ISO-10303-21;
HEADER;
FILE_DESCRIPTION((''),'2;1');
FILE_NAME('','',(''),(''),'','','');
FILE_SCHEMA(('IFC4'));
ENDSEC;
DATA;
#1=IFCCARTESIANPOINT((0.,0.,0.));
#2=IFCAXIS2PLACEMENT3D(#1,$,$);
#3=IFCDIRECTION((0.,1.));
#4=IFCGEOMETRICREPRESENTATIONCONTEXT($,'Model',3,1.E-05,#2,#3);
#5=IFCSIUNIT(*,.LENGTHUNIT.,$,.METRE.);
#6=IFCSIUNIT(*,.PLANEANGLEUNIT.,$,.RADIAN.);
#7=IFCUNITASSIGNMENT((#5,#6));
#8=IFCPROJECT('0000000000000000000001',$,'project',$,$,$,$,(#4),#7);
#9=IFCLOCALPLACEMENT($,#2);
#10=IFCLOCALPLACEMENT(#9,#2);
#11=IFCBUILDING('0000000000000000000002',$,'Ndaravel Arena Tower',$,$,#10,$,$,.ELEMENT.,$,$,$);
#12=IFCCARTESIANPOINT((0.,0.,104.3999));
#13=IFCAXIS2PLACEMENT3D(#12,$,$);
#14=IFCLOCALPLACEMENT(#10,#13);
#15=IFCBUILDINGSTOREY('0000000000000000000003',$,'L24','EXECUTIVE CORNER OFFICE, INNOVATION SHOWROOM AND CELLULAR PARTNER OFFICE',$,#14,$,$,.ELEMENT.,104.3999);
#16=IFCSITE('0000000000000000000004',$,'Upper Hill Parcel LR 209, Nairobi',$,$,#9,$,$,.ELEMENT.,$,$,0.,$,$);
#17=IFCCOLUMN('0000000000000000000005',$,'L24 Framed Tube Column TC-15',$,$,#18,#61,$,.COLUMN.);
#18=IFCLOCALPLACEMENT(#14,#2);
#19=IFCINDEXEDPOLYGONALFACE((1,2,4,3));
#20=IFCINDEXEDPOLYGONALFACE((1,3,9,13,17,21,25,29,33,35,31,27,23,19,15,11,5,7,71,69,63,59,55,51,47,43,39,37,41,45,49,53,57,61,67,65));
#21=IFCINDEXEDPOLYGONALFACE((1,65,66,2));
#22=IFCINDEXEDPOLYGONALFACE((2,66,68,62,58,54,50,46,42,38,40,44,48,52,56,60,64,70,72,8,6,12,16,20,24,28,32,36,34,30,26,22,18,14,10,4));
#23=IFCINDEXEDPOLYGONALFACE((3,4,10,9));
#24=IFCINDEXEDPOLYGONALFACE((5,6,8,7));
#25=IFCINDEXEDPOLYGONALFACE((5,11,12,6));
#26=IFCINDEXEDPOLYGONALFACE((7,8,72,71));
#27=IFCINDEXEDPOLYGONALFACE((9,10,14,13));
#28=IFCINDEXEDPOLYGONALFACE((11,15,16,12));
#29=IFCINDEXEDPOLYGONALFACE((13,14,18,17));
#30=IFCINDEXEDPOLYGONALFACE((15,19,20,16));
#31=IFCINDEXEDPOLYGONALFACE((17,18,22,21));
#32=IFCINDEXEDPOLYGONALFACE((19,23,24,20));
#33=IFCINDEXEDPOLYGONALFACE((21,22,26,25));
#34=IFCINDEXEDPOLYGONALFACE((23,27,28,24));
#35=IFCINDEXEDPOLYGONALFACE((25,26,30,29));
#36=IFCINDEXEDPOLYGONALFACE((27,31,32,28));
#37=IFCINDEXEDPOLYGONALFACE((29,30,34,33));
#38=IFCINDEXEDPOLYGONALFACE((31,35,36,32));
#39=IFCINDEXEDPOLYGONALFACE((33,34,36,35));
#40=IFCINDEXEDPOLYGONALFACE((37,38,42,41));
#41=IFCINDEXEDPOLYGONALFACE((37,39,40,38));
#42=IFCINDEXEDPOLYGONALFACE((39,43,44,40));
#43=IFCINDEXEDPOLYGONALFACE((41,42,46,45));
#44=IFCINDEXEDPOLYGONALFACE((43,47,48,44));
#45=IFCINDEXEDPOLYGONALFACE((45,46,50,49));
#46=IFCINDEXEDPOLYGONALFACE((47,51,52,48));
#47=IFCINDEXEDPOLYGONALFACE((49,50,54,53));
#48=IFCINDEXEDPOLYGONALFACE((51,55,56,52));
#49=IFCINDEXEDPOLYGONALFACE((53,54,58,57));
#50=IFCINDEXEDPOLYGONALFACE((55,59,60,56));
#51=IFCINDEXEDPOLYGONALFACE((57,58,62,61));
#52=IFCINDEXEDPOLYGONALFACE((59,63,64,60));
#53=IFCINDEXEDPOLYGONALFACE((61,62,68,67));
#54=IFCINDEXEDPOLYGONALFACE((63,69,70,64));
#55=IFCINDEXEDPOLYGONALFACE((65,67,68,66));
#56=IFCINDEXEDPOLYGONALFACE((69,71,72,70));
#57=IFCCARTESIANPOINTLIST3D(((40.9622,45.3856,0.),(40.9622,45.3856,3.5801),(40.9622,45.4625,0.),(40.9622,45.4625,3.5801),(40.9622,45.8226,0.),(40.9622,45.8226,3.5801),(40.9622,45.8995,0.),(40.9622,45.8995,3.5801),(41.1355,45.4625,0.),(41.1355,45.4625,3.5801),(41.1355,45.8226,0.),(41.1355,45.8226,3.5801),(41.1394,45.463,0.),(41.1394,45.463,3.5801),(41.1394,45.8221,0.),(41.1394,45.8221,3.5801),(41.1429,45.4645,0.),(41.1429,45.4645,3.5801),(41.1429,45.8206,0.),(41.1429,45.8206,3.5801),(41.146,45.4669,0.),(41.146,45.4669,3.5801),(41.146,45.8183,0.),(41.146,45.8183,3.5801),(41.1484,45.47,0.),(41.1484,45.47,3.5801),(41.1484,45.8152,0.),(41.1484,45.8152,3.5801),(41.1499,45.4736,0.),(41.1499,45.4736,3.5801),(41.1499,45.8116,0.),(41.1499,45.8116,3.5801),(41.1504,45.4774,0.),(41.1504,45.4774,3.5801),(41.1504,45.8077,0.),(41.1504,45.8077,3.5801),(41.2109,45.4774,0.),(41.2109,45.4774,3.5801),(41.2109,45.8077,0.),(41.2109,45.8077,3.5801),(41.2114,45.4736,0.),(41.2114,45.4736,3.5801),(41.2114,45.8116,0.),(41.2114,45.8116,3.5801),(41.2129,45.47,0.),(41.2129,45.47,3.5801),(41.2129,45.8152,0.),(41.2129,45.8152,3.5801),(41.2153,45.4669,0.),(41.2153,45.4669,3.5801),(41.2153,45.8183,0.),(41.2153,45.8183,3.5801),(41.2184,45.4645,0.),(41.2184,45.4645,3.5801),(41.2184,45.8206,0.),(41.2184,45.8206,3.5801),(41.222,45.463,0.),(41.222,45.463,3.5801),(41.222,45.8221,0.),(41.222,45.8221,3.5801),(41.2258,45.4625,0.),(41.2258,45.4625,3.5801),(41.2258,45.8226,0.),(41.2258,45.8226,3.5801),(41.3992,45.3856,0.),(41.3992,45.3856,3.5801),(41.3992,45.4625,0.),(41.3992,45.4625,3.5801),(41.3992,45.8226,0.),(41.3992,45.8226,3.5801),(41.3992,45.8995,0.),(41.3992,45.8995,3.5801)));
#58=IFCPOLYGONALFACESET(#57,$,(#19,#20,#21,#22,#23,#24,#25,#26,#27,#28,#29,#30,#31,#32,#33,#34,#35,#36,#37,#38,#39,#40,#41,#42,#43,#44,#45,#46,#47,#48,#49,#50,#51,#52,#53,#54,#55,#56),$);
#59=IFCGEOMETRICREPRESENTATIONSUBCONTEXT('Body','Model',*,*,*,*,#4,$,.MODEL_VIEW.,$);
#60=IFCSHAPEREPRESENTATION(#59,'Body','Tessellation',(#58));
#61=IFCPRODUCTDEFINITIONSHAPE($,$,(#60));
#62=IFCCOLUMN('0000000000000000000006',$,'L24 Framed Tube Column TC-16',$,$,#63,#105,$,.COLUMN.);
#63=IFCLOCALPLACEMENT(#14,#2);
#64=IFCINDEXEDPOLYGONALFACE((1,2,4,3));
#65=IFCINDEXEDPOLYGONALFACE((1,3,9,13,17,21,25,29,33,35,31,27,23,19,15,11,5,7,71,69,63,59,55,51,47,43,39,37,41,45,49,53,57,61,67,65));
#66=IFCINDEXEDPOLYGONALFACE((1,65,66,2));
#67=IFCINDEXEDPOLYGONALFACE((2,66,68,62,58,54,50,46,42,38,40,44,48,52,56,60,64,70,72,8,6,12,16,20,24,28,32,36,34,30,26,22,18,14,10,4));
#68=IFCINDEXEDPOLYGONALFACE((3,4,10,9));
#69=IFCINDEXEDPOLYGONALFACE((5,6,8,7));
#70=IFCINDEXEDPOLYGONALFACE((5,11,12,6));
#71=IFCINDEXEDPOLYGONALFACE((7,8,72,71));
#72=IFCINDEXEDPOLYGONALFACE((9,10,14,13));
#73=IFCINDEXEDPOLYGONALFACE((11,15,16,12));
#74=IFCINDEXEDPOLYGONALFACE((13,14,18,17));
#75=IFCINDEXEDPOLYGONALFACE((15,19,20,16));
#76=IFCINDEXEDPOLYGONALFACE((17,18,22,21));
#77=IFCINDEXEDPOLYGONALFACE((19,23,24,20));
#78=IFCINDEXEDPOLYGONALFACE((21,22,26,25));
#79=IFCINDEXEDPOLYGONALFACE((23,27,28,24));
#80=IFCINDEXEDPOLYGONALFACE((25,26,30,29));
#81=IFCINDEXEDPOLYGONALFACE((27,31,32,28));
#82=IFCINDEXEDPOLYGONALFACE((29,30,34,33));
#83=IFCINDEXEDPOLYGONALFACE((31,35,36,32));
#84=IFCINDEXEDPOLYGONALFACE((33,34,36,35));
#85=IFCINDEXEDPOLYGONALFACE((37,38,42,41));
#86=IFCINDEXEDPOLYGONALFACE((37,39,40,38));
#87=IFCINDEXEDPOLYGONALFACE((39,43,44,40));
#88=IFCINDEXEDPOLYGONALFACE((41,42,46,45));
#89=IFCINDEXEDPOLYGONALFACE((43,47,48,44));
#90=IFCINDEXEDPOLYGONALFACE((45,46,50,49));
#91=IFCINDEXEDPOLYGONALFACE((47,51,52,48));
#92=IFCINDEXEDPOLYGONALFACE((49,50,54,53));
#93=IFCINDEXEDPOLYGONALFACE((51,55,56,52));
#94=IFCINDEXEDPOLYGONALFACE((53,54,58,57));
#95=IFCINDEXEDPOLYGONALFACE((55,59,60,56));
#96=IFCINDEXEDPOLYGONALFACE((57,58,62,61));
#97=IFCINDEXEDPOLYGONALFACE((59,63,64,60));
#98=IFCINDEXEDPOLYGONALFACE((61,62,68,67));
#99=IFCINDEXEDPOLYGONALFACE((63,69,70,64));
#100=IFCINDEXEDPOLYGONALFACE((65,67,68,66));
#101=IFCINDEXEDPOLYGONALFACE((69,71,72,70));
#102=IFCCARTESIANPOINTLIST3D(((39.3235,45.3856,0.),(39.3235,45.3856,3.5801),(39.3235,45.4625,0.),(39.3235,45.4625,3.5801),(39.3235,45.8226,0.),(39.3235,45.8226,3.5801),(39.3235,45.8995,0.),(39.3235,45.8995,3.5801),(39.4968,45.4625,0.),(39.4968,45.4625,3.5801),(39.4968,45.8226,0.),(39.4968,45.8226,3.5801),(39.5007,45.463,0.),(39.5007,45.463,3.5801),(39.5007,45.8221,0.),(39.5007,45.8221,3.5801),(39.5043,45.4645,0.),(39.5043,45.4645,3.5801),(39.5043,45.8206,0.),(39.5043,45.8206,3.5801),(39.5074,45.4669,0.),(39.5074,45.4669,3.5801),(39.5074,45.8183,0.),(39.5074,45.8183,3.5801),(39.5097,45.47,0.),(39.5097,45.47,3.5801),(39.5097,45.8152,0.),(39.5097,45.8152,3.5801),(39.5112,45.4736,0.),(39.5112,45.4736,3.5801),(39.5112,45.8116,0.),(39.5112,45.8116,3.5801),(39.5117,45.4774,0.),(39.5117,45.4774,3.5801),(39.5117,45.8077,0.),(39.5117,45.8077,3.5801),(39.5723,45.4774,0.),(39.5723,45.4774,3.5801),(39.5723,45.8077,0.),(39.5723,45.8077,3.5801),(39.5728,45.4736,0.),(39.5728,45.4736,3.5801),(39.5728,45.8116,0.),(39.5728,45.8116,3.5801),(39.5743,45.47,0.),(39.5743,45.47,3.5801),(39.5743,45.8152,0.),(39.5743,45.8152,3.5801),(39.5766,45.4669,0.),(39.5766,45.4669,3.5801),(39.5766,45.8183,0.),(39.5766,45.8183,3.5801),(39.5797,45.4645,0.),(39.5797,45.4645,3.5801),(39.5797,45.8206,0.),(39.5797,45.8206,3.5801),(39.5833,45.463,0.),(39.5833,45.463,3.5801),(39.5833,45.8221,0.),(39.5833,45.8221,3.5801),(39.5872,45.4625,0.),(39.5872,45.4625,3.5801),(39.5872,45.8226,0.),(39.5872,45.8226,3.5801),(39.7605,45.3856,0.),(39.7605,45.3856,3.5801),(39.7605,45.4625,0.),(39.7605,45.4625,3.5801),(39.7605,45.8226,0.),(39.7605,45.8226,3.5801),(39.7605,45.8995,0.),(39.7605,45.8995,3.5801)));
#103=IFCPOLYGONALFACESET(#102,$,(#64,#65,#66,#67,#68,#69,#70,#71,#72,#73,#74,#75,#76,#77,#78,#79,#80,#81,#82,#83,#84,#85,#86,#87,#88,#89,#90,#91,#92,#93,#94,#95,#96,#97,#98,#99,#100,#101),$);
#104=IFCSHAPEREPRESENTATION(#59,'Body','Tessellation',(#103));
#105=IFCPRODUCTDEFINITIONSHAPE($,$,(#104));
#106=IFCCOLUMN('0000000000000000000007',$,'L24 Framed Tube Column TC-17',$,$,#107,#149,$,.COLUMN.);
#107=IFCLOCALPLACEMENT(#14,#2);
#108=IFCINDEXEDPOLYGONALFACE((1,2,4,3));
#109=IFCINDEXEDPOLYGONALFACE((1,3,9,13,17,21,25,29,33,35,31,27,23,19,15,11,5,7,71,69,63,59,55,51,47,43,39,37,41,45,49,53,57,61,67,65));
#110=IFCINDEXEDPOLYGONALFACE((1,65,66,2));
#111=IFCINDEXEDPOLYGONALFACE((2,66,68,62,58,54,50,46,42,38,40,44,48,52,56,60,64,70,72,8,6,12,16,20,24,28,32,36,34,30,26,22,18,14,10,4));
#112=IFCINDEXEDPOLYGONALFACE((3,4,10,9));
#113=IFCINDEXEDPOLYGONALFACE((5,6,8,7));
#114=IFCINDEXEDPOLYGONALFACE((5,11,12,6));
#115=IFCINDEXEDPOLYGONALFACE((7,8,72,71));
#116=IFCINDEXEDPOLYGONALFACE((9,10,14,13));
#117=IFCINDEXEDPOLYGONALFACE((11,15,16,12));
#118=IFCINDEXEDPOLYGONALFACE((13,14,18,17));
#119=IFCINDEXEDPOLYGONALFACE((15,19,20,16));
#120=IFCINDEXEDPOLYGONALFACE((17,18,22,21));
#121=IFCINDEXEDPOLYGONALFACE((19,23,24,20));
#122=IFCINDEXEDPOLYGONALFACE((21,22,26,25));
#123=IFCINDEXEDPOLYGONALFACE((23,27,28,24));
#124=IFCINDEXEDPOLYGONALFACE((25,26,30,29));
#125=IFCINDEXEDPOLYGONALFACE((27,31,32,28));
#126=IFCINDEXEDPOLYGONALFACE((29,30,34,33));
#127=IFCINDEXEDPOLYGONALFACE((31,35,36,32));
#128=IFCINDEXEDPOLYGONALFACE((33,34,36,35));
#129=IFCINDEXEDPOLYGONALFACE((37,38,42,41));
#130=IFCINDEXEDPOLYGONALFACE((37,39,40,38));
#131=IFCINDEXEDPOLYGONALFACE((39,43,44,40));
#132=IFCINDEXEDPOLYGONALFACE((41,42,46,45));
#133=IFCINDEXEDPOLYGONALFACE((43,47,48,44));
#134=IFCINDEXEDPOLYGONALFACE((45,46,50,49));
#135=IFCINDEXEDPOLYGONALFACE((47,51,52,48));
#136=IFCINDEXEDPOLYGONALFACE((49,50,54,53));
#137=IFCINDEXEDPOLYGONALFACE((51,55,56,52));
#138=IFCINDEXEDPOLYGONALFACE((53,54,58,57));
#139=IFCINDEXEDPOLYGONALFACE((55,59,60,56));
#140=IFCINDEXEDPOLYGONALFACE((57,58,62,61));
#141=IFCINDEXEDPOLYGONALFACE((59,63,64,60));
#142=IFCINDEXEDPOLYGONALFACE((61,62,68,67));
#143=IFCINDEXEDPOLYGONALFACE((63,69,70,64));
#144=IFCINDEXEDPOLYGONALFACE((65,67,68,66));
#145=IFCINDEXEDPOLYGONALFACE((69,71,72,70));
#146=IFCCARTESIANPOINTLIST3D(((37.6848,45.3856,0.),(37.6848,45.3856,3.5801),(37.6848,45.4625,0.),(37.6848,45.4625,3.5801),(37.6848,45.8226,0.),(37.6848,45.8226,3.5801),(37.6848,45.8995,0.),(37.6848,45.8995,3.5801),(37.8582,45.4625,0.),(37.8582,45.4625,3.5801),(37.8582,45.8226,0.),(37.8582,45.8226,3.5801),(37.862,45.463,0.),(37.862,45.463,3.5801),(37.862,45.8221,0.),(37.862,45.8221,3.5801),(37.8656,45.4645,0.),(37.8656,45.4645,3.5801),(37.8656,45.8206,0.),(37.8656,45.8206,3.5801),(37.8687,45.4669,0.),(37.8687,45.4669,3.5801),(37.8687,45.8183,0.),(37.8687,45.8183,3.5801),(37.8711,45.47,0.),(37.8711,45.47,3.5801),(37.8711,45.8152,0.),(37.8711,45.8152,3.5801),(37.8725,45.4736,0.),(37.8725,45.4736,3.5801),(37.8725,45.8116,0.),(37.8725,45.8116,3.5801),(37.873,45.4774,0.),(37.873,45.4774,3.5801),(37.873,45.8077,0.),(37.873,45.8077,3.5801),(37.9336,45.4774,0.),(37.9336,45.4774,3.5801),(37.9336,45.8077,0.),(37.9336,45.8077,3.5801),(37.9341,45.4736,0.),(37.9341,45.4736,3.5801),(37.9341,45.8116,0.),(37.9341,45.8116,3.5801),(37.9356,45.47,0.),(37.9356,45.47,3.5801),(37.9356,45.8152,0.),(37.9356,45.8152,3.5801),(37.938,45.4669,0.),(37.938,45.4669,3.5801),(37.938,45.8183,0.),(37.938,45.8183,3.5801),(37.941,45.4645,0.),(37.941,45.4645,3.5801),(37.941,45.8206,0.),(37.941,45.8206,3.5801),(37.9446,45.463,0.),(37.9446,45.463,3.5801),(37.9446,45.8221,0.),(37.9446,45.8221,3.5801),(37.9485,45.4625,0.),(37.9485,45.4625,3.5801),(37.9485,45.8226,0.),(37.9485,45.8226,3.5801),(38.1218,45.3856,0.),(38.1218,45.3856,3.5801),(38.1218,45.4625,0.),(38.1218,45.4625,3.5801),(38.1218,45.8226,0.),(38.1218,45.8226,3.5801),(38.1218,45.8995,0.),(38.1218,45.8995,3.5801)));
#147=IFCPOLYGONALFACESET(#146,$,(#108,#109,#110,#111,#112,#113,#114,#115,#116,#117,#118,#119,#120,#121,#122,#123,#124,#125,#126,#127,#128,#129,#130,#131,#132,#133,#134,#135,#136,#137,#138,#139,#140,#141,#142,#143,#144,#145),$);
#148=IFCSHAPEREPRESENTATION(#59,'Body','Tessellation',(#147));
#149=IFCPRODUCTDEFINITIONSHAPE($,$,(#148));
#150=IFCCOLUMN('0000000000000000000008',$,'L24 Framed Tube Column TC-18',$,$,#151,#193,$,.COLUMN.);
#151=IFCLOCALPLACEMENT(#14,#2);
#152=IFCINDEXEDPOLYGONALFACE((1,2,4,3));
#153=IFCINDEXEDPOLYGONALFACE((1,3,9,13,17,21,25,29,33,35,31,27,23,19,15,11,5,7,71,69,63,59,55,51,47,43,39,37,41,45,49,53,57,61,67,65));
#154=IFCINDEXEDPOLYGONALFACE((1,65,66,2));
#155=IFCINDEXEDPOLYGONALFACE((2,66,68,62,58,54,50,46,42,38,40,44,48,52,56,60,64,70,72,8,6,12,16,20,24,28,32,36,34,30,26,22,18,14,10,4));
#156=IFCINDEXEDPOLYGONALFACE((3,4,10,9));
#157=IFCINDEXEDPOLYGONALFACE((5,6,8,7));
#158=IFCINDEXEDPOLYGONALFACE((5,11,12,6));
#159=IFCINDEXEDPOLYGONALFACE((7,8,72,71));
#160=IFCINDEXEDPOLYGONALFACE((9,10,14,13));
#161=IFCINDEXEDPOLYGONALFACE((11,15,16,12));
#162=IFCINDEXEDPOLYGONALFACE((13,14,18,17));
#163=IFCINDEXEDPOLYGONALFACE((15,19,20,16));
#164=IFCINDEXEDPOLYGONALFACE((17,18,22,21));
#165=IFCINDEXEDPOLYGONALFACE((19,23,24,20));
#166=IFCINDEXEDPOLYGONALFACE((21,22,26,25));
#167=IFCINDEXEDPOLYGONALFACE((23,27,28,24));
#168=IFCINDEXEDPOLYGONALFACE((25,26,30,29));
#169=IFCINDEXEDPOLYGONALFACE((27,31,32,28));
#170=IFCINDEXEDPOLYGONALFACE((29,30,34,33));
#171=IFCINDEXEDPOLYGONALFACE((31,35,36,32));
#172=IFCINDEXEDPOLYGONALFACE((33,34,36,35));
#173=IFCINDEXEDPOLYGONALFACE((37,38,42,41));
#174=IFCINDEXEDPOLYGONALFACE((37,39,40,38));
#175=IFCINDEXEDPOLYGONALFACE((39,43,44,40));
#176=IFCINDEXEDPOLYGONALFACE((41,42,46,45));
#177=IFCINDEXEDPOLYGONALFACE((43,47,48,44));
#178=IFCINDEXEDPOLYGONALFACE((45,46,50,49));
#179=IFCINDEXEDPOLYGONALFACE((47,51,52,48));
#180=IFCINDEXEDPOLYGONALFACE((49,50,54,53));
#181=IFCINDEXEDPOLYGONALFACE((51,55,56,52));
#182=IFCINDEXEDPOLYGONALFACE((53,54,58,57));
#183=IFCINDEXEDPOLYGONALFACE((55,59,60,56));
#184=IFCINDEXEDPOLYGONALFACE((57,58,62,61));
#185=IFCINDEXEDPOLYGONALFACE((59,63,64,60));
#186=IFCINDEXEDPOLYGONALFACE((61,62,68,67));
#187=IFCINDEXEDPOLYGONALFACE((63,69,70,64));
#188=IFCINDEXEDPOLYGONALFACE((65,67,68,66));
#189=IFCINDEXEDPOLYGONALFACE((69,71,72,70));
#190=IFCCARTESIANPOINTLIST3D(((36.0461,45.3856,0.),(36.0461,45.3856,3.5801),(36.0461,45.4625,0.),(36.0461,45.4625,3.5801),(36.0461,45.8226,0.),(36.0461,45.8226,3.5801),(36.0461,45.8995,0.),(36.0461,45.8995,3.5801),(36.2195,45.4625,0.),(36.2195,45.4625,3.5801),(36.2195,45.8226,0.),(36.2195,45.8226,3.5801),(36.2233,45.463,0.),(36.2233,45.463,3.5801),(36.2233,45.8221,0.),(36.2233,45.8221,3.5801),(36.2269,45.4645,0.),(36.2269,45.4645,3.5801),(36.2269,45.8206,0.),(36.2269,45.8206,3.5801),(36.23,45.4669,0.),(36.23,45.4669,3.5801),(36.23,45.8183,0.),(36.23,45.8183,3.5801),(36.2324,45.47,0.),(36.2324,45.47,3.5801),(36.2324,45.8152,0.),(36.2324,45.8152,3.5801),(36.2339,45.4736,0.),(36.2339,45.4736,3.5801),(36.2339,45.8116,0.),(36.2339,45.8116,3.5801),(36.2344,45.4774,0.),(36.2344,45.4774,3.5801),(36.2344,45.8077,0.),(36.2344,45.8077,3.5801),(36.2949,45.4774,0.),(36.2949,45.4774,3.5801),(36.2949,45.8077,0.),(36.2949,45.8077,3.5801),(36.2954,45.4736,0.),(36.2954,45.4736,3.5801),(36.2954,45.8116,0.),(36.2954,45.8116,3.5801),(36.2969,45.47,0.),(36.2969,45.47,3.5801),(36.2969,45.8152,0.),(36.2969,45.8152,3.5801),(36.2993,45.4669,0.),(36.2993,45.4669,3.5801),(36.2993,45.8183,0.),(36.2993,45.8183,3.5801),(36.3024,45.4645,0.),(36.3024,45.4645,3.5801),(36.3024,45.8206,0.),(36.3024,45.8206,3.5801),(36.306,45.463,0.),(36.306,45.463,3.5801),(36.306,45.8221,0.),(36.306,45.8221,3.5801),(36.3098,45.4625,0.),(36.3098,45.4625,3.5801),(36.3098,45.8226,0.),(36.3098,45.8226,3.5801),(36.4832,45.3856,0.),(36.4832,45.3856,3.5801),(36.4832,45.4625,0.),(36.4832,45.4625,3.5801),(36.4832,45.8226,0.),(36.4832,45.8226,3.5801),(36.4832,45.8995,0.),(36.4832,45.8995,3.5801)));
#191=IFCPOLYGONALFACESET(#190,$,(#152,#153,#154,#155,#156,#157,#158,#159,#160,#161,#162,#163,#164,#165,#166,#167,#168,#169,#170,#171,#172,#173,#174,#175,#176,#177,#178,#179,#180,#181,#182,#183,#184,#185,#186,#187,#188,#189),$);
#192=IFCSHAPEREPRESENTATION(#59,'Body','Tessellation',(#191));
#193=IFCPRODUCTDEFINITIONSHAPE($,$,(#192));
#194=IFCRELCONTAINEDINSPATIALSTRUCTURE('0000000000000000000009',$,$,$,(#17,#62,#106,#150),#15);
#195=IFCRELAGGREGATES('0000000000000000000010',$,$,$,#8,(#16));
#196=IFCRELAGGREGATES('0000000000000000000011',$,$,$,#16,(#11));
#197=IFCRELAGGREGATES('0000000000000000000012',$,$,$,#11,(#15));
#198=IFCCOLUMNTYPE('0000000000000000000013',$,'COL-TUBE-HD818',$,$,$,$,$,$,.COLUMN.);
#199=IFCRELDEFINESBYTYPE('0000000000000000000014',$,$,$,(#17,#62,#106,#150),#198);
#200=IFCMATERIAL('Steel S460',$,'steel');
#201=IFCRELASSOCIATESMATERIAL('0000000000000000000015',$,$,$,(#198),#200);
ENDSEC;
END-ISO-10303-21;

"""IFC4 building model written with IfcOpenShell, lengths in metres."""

from ifc_helpers import new_model, si_unit, direction, frame, origin, origin_2d, place, context, subcontext, project, spatial, i_section, extrude, material, material_profile, profile_set, type_object, element, save


model = new_model("IFC4")

# Units and contexts
model_context = context("Model", 3, precision=1e-05, world=origin(), true_north=direction((0.0, 1.0)))
body_context = subcontext(model_context, "Body", "Model", "MODEL_VIEW")
ifc_project = project(units=[si_unit("LENGTHUNIT", "METRE"), si_unit("PLANEANGLEUNIT", "RADIAN")], contexts=[model_context])

# Site, building, storey
site_placement = place(None, origin())
site = spatial("IfcSite", under=ifc_project, at=site_placement, Name="Upper Hill Parcel LR 209, Nairobi", CompositionType="ELEMENT", RefElevation=0.0)
building_placement = place(site_placement, origin())
building = spatial("IfcBuilding", under=site, at=building_placement, Name="Ndaravel Arena Tower", CompositionType="ELEMENT")
storey_placement = place(building_placement, frame((0.0, 0.0, 104.3999)))
storey = spatial("IfcBuildingStorey", under=building, at=storey_placement, Name="L24", Description="EXECUTIVE CORNER OFFICE, INNOVATION SHOWROOM AND CELLULAR PARTNER OFFICE", CompositionType="ELEMENT", Elevation=104.3999)

# Columns
ifc_material_1 = material(Name="Steel S460", Category="steel")
ifc_material_profile_1 = material_profile(ifc_material_1, i_section(OverallWidth=0.437, OverallDepth=0.5139, WebThickness=0.0605, FlangeThickness=0.0769, FilletRadius=0.0149, at=origin_2d()), Name="HD 400x818")
ifc_profile_set_1 = profile_set([ifc_material_profile_1], Name="Steel S460")
column_type = type_object("IfcColumnType", Name="COL-TUBE-HD818", PredefinedType="COLUMN", material=ifc_profile_set_1)
for number, where, z_axis, x_axis, name in (
    (1, (41.1807, 45.6426, 0.0), (0.0, 0.0, 1.0), (1.0, 0.0, 0.0), "L24 Framed Tube Column TC-15"),
    (2, (39.542, 45.6426, 0.0), (0.0, 0.0, 1.0), (1.0, 0.0, 0.0), "L24 Framed Tube Column TC-16"),
    (3, (37.9033, 45.6426, 0.0), (0.0, 0.0, 1.0), (1.0, 0.0, 0.0), "L24 Framed Tube Column TC-17"),
    (4, (36.2646, 45.6426, 0.0), (0.0, 0.0, 1.0), (1.0, 0.0, 0.0), "L24 Framed Tube Column TC-18"),
):
    element("IfcColumn", number, at=place(storey_placement, frame(where, z_axis=z_axis, x_axis=x_axis)), inside=storey, type_object=column_type, Name=name, PredefinedType="COLUMN", context=body_context, shape_type="SweptSolid", body=[
        extrude(i_section(OverallWidth=0.437, OverallDepth=0.5139, WebThickness=0.0605, FlangeThickness=0.0769, FilletRadius=0.0149, at=origin_2d()), origin(), (0.0, 0.0, 1.0), 3.5801),
    ])

save(model, "model.ifc")
